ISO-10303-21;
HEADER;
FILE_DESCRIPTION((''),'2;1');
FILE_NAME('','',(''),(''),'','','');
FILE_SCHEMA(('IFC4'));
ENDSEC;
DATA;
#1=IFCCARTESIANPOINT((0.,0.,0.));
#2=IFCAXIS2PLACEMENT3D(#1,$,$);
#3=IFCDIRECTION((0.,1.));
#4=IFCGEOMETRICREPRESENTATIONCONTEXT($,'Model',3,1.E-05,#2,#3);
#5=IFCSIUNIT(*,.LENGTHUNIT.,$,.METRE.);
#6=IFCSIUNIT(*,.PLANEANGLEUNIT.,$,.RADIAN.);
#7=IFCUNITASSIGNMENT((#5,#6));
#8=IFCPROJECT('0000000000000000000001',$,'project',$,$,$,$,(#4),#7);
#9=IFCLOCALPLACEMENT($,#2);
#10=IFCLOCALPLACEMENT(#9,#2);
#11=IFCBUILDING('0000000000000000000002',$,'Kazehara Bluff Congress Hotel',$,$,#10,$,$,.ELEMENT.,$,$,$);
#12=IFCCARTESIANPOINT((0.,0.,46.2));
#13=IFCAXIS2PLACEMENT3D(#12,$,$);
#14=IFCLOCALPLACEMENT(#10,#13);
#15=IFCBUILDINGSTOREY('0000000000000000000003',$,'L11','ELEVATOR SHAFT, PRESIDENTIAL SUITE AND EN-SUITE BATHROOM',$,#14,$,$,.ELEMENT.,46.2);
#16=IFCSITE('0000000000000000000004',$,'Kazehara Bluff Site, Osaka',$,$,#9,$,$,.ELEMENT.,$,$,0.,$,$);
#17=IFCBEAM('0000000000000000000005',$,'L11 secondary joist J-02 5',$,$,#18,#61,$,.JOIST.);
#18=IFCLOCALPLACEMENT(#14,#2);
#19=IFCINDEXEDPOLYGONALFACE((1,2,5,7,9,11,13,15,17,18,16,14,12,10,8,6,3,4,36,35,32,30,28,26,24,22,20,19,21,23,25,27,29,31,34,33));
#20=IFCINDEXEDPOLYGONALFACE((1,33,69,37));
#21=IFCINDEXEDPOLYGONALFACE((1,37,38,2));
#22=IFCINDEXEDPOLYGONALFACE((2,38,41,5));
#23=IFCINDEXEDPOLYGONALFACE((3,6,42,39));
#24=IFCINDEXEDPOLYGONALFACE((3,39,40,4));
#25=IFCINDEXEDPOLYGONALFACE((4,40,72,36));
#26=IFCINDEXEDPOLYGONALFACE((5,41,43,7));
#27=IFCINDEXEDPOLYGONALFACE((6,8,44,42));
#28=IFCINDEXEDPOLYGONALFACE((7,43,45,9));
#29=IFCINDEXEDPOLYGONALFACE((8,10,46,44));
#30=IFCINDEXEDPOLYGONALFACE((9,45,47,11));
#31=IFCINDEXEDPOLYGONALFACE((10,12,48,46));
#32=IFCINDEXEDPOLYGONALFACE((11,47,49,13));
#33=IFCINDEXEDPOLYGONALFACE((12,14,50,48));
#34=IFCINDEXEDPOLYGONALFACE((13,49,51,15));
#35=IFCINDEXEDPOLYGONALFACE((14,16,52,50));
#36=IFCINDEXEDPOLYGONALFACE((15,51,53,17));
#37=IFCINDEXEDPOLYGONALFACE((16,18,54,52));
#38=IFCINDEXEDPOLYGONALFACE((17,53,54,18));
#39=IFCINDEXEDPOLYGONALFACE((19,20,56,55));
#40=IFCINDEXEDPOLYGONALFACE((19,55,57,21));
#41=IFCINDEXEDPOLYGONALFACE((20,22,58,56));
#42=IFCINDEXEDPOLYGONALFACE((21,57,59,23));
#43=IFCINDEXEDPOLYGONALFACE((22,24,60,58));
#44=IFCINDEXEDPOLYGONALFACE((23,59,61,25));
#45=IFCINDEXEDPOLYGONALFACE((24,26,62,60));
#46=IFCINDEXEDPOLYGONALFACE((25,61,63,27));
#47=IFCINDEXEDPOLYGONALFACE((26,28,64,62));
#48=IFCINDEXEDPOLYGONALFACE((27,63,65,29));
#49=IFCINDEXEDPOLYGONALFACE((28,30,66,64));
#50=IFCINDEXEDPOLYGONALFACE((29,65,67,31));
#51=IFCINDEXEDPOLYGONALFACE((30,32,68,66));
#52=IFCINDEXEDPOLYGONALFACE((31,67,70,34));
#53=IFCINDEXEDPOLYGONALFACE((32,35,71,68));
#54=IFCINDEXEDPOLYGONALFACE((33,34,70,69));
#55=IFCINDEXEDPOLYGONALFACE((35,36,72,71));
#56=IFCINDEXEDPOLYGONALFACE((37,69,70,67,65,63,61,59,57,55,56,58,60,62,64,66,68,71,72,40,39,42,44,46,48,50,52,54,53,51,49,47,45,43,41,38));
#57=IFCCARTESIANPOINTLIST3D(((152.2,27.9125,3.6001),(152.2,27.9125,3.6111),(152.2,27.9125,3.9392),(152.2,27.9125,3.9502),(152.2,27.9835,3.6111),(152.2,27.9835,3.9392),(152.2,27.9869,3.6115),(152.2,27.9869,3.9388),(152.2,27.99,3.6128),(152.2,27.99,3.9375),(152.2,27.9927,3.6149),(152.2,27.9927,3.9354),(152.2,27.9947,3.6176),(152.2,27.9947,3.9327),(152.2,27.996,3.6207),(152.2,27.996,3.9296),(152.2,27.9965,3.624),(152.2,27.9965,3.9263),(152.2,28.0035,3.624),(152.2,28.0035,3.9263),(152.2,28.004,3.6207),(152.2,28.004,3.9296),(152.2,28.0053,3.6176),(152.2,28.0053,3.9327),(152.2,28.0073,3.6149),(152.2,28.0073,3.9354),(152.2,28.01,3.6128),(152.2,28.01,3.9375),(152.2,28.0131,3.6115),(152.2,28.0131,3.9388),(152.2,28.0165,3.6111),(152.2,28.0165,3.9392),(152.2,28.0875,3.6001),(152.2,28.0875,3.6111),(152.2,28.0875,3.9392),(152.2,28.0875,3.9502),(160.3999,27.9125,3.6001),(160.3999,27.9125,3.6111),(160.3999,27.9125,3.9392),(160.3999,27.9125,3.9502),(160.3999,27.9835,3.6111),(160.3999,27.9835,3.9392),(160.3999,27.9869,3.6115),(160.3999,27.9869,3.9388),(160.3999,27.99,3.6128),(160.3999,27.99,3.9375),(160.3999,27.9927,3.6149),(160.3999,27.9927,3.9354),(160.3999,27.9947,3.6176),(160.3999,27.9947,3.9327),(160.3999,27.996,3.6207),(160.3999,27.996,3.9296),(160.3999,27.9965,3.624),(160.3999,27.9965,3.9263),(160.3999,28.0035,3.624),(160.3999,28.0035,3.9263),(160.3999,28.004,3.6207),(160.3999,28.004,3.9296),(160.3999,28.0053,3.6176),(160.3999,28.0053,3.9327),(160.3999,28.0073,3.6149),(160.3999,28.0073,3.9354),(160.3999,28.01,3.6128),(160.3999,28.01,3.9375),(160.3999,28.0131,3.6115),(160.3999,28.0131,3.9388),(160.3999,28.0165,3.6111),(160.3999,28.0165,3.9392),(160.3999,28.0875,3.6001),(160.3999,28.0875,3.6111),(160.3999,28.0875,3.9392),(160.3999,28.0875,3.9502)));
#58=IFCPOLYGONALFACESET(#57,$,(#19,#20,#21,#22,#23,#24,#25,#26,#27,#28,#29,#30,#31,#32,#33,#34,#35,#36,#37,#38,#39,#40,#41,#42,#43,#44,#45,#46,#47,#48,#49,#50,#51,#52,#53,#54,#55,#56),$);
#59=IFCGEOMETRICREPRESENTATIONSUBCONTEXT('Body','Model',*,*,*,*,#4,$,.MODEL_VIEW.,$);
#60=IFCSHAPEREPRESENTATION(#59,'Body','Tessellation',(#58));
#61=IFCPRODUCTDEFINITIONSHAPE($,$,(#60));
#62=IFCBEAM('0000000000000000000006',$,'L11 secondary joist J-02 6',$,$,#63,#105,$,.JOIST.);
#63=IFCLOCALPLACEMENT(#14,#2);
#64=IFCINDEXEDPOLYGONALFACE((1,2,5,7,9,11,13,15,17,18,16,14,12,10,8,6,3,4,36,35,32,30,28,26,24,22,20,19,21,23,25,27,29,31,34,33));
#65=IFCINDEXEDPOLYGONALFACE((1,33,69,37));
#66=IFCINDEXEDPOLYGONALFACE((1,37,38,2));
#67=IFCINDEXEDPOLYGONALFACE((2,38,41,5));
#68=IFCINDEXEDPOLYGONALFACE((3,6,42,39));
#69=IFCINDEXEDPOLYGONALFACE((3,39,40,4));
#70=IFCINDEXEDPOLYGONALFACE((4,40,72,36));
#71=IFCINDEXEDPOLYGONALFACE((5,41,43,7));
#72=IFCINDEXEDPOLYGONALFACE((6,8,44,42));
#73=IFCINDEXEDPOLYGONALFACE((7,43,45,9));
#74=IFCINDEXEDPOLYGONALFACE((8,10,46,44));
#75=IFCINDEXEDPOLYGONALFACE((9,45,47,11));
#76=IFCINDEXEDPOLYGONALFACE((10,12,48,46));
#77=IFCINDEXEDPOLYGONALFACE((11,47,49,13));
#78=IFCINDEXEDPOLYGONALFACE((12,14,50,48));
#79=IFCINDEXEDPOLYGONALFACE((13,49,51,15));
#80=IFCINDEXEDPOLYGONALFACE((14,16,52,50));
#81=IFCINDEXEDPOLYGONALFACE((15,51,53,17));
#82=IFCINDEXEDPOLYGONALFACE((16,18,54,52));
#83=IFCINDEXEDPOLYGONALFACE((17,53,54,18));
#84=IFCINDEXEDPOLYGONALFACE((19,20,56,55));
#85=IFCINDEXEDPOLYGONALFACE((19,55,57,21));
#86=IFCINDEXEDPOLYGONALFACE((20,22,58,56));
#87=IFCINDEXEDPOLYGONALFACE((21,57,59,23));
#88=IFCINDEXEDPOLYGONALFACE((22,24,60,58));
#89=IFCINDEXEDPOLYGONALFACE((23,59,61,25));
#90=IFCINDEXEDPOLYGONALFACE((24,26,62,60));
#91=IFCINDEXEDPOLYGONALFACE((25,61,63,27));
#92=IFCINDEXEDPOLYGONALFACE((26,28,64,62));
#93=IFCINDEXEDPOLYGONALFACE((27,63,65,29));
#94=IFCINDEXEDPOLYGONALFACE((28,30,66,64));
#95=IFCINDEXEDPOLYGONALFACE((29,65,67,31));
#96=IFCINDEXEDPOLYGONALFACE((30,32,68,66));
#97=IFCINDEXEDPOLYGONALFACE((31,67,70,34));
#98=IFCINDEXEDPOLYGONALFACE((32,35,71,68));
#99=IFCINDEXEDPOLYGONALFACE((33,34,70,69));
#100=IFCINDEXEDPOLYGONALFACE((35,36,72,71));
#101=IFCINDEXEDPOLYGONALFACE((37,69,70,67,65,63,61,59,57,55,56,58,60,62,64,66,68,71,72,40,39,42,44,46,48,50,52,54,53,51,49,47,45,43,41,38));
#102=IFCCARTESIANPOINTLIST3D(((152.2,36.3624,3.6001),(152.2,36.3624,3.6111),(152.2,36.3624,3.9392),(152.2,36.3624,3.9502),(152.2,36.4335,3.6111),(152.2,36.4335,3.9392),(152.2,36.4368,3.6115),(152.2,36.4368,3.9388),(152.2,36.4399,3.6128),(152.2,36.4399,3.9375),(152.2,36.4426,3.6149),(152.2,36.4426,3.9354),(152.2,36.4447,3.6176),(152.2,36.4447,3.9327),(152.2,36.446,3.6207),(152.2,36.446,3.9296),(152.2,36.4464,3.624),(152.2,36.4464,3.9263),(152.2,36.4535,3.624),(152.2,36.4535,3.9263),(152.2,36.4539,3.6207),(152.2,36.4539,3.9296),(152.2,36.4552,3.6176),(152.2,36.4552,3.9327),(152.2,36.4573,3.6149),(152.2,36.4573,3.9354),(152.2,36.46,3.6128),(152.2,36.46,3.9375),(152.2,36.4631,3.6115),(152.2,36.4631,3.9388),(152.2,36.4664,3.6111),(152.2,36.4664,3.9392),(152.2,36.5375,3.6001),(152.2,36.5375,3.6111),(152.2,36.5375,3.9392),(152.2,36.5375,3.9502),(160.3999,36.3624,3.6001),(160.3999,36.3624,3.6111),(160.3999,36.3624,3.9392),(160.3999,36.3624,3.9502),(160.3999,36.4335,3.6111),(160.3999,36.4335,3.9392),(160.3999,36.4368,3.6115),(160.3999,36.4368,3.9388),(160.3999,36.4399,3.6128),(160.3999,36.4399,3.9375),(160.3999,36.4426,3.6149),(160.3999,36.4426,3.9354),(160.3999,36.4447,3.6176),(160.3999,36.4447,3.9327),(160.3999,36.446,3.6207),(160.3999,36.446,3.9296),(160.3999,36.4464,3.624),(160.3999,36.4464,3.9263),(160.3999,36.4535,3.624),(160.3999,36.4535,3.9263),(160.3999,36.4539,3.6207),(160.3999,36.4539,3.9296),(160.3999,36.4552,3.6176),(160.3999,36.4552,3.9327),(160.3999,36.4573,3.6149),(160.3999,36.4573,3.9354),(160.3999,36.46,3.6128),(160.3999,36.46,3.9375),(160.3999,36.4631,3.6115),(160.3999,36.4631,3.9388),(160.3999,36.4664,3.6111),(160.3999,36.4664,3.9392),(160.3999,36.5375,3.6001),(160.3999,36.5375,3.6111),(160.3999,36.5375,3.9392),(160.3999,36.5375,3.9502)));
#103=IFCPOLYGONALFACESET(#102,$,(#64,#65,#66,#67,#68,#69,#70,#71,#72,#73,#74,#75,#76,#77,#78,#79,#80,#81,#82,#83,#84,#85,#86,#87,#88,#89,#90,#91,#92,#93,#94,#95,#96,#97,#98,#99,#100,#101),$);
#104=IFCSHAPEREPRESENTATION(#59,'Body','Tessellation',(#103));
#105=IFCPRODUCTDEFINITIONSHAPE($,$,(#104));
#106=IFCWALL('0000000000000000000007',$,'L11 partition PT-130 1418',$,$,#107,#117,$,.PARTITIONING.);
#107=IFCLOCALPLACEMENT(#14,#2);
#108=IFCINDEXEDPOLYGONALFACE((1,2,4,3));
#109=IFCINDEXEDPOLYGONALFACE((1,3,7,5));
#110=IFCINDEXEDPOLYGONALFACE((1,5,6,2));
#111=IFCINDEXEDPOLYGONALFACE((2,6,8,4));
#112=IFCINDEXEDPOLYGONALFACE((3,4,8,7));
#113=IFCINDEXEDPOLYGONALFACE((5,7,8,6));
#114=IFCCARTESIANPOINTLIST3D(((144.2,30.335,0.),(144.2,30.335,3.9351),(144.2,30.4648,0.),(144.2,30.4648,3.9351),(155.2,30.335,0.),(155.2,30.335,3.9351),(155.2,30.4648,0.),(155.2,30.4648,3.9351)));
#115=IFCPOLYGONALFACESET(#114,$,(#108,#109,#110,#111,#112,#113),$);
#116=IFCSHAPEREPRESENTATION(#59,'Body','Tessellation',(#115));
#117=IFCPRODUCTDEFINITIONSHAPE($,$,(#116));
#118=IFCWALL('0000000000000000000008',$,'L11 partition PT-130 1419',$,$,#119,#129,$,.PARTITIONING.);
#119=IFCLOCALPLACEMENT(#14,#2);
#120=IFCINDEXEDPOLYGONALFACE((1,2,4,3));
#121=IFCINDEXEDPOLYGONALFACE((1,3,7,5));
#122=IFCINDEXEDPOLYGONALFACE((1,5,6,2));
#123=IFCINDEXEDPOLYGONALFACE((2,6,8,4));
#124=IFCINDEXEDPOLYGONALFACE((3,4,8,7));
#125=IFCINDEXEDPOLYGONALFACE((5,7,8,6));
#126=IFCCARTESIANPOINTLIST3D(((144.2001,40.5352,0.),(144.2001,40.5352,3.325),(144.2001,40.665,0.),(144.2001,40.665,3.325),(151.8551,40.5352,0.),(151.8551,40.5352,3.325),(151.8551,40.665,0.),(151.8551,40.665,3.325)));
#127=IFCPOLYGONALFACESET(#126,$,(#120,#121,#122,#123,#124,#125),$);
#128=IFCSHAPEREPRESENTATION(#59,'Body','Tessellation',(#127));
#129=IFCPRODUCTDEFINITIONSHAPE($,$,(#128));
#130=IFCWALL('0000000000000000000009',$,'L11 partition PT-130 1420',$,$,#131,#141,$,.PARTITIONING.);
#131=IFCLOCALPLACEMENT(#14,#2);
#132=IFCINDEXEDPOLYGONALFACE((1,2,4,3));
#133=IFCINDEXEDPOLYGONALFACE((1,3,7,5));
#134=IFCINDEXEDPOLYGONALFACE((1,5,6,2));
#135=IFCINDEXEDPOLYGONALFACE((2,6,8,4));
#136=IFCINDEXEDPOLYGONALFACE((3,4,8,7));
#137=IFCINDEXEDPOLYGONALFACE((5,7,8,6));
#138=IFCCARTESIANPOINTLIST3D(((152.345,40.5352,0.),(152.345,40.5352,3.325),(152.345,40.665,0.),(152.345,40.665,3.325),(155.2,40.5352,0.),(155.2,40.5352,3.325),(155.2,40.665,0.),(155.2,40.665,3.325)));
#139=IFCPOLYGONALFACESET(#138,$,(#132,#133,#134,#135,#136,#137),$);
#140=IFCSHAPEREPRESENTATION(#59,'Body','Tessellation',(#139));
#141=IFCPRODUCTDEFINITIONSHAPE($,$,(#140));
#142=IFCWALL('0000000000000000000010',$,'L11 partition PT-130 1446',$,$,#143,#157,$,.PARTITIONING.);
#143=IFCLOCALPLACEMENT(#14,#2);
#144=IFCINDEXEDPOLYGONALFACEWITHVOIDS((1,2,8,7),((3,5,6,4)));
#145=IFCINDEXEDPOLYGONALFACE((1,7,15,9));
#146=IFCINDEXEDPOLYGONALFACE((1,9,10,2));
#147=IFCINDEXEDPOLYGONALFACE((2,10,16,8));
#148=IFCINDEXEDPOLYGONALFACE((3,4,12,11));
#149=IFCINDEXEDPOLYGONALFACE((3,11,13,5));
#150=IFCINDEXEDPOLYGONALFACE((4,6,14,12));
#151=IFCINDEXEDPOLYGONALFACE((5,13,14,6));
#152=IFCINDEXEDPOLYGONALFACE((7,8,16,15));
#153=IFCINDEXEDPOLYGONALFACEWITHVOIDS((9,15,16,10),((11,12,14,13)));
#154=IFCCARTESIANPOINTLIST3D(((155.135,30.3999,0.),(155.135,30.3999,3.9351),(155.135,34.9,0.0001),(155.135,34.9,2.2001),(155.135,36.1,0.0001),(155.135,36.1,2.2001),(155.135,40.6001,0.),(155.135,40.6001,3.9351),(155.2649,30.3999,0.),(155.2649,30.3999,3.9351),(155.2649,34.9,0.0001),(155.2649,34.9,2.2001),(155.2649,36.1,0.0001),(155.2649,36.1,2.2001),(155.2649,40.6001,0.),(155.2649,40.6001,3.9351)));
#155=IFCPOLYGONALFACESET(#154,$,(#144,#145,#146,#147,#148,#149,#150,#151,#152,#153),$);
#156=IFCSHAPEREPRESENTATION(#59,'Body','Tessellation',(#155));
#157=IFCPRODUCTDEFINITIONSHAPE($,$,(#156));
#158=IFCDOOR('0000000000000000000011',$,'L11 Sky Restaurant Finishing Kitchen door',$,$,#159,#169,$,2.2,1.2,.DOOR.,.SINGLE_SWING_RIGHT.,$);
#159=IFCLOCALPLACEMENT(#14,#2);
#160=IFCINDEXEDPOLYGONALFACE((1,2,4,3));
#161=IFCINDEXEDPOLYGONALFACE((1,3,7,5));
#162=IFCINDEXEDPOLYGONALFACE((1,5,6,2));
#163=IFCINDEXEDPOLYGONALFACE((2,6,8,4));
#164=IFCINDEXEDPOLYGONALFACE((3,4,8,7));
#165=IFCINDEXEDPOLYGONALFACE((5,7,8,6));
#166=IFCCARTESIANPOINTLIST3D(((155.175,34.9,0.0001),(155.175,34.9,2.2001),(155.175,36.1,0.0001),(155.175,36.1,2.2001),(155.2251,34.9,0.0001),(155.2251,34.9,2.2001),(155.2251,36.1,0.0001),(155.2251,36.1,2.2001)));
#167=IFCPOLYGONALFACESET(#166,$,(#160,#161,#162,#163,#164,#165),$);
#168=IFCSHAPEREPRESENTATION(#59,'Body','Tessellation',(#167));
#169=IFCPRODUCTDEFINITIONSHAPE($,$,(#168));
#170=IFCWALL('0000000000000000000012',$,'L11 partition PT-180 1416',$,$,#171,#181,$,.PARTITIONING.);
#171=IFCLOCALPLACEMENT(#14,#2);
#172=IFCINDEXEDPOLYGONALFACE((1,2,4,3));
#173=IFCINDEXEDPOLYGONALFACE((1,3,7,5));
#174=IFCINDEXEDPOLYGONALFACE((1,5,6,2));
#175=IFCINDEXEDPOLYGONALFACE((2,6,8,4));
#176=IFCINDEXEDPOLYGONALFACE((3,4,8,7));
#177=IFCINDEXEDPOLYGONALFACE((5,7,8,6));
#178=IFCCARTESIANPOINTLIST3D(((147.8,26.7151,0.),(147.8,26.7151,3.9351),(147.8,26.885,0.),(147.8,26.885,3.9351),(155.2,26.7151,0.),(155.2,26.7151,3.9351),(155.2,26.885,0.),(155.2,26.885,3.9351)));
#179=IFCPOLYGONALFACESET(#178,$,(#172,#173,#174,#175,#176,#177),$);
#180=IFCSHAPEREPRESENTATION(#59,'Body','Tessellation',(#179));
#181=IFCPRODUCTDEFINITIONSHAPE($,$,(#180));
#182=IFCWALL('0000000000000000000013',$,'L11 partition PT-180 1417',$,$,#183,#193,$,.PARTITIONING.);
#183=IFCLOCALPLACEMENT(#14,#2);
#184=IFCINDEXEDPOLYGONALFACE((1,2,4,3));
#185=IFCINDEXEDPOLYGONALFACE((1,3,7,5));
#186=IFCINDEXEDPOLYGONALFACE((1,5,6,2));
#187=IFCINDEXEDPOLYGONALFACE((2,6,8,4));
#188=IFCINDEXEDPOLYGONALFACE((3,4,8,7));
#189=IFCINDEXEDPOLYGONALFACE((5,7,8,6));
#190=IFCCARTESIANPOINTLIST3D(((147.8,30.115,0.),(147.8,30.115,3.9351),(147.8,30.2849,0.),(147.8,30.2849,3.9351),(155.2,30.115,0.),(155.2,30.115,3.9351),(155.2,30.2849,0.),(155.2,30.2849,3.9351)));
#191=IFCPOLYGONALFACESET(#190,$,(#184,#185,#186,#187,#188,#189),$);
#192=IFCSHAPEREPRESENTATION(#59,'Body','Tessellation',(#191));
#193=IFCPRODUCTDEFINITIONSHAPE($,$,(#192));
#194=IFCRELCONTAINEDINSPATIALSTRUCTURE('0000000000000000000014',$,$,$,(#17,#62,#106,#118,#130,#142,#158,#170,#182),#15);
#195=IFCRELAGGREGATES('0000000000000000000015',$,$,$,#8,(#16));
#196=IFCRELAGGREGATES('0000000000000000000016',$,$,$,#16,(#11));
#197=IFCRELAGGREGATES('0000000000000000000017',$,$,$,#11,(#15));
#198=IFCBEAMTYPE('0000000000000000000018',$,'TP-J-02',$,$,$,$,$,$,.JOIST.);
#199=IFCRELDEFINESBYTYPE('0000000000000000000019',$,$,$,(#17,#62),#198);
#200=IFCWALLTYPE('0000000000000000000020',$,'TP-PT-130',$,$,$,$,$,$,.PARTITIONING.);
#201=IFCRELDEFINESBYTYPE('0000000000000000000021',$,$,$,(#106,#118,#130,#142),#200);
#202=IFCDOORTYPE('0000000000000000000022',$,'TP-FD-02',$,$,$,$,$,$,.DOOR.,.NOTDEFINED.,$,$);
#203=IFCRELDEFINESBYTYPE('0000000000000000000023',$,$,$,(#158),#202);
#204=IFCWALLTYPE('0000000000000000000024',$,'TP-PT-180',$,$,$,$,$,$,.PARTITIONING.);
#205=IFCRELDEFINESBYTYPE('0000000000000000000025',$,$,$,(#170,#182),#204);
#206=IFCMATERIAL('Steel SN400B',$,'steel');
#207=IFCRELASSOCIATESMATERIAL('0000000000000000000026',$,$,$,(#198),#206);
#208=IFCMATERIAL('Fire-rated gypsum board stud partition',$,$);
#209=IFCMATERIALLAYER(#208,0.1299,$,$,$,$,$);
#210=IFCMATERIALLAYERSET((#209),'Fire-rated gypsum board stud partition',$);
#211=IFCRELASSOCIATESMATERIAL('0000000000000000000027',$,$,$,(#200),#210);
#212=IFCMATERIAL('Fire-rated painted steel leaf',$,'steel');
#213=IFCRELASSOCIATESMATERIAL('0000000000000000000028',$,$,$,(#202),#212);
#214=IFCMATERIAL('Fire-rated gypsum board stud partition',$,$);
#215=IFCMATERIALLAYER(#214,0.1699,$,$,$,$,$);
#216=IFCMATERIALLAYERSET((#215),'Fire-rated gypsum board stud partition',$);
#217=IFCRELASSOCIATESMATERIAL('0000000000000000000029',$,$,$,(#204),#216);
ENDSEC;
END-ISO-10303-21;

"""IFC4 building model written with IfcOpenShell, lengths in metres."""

from ifc_helpers import new_model, si_unit, direction, frame, frame_2d, origin, origin_2d, place, context, subcontext, project, spatial, rectangle, i_section, extrude, material, layer, layer_set, material_profile, profile_set, type_object, element, fill, save


model = new_model("IFC4")

# Units and contexts
model_context = context("Model", 3, precision=1e-05, world=origin(), true_north=direction((0.0, 1.0)))
body_context = subcontext(model_context, "Body", "Model", "MODEL_VIEW")
ifc_project = project(units=[si_unit("LENGTHUNIT", "METRE"), si_unit("PLANEANGLEUNIT", "RADIAN")], contexts=[model_context])

# Site, building, storey
site_placement = place(None, origin())
site = spatial("IfcSite", under=ifc_project, at=site_placement, Name="Kazehara Bluff Site, Osaka", CompositionType="ELEMENT", RefElevation=0.0)
building_placement = place(site_placement, origin())
building = spatial("IfcBuilding", under=site, at=building_placement, Name="Kazehara Bluff Congress Hotel", CompositionType="ELEMENT")
storey_placement = place(building_placement, frame((0.0, 0.0, 46.2)))
storey = spatial("IfcBuildingStorey", under=building, at=storey_placement, Name="L11", Description="ELEVATOR SHAFT, PRESIDENTIAL SUITE AND EN-SUITE BATHROOM", CompositionType="ELEMENT", Elevation=46.2)

# Beams
ifc_material_1 = material(Name="Steel SN400B", Category="steel")
ifc_material_profile_1 = material_profile(ifc_material_1, i_section(OverallWidth=0.175, OverallDepth=0.3501, WebThickness=0.0071, FlangeThickness=0.011, FilletRadius=0.0129, at=origin_2d()))
ifc_profile_set_1 = profile_set([ifc_material_profile_1], Name="Steel SN400B")
beam_type_1 = type_object("IfcBeamType", Name="TP-J-02", PredefinedType="JOIST", material=ifc_profile_set_1)
for number, where, z_axis, x_axis, name in (
    (1, (152.2, 28.0, 3.7751), (1.0, 0.0, 0.0), (0.0, 1.0, 0.0), "L11 secondary joist J-02 5"),
    (2, (152.2, 36.45, 3.7751), (1.0, 0.0, 0.0), (0.0, 1.0, 0.0), "L11 secondary joist J-02 6"),
):
    element("IfcBeam", number, at=place(storey_placement, frame(where, z_axis=z_axis, x_axis=x_axis)), inside=storey, type_object=beam_type_1, Name=name, PredefinedType="JOIST", context=body_context, shape_type="SweptSolid", body=[
        extrude(i_section(OverallWidth=0.175, OverallDepth=0.3501, WebThickness=0.0071, FlangeThickness=0.011, FilletRadius=0.0129, at=origin_2d()), origin(), (0.0, 0.0, 1.0), 8.2),
    ])

# Walls
ifc_material_2 = material(Name="Fire-rated gypsum board stud partition")
ifc_layer_1 = layer(ifc_material_2, 0.1299)
ifc_layer_set_1 = layer_set([ifc_layer_1], Name="Fire-rated gypsum board stud partition")
wall_type_1 = type_object("IfcWallType", Name="TP-PT-130", PredefinedType="PARTITIONING", material=ifc_layer_set_1)
wall_1_placement = place(storey_placement, frame((144.2, 30.3999, 0.0), z_axis=(0.0, 0.0, 1.0), x_axis=(1.0, 0.0, 0.0)))
element("IfcWall", 3, at=wall_1_placement, inside=storey, type_object=wall_type_1, Name="L11 partition PT-130 1418", PredefinedType="PARTITIONING", context=body_context, shape_type="SweptSolid", body=[
    extrude(rectangle(XDim=11.0, YDim=0.1299, at=frame_2d((5.5, 0.0))), origin(), (0.0, 0.0, 1.0), 3.9351),
])
wall_2_placement = place(storey_placement, frame((144.2, 40.6001, 0.0), z_axis=(0.0, 0.0, 1.0), x_axis=(1.0, 0.0, 0.0)))
element("IfcWall", 4, at=wall_2_placement, inside=storey, type_object=wall_type_1, Name="L11 partition PT-130 1419", PredefinedType="PARTITIONING", context=body_context, shape_type="SweptSolid", body=[
    extrude(rectangle(XDim=7.655, YDim=0.1299, at=frame_2d((3.8276, 0.0))), origin(), (0.0, 0.0, 1.0), 3.325),
])
wall_3_placement = place(storey_placement, frame((152.345, 40.6001, 0.0), z_axis=(0.0, 0.0, 1.0), x_axis=(1.0, 0.0, 0.0)))
element("IfcWall", 5, at=wall_3_placement, inside=storey, type_object=wall_type_1, Name="L11 partition PT-130 1420", PredefinedType="PARTITIONING", context=body_context, shape_type="SweptSolid", body=[
    extrude(rectangle(XDim=2.855, YDim=0.1299, at=frame_2d((1.4275, 0.0))), origin(), (0.0, 0.0, 1.0), 3.325),
])

# Wall, opening, door
wall_4_placement = place(storey_placement, frame((155.2, 30.3999, 0.0), z_axis=(0.0, 0.0, 1.0), x_axis=(0.0, 1.0, 0.0)))
wall_4 = element("IfcWall", 6, at=wall_4_placement, inside=storey, type_object=wall_type_1, Name="L11 partition PT-130 1446", PredefinedType="PARTITIONING", context=body_context, shape_type="SweptSolid", body=[
    extrude(rectangle(XDim=10.2002, YDim=0.1299, at=frame_2d((5.1001, 0.0))), origin(), (0.0, 0.0, 1.0), 3.9351),
])
opening_1_placement = place(wall_4_placement, frame((4.5, 0.0, 0.0)))
opening_1 = element("IfcOpeningElement", 7, at=opening_1_placement, cuts=wall_4, PredefinedType="OPENING", context=body_context, shape_type="SweptSolid", body=[
    extrude(rectangle(XDim=1.2, YDim=2.2, at=frame_2d((0.6001, 1.1001))), frame((0.0, 0.075, 0.0), z_axis=(0.0, -1.0, 0.0), x_axis=(1.0, 0.0, 0.0)), (0.0, 0.0, 1.0), 0.1499),
])
ifc_material_3 = material(Name="Fire-rated painted steel leaf", Category="steel")
door_type_1 = type_object("IfcDoorType", Name="TP-FD-02", OperationType="NOTDEFINED", PredefinedType="DOOR", material=ifc_material_3)
door_1_placement = place(opening_1_placement, origin())
door_1 = element("IfcDoor", 8, at=door_1_placement, inside=storey, type_object=door_type_1, Name="L11 Sky Restaurant Finishing Kitchen door", OperationType="SINGLE_SWING_RIGHT", OverallHeight=2.2, OverallWidth=1.2, PredefinedType="DOOR", context=body_context, shape_type="SweptSolid", body=[
    extrude(rectangle(XDim=1.2, YDim=2.2, at=frame_2d((0.6001, 1.1001))), frame((0.0, 0.0249, 0.0), z_axis=(0.0, -1.0, 0.0), x_axis=(1.0, 0.0, 0.0)), (0.0, 0.0, 1.0), 0.05),
])
fill(opening_1, door_1)

# Walls
ifc_material_4 = material(Name="Fire-rated gypsum board stud partition")
ifc_layer_2 = layer(ifc_material_4, 0.1699)
ifc_layer_set_2 = layer_set([ifc_layer_2], Name="Fire-rated gypsum board stud partition")
wall_type_2 = type_object("IfcWallType", Name="TP-PT-180", PredefinedType="PARTITIONING", material=ifc_layer_set_2)
for number, where, z_axis, x_axis, name in (
    (9, (147.8, 26.8, 0.0), (0.0, 0.0, 1.0), (1.0, 0.0, 0.0), "L11 partition PT-180 1416"),
    (10, (147.8, 30.2, 0.0), (0.0, 0.0, 1.0), (1.0, 0.0, 0.0), "L11 partition PT-180 1417"),
):
    element("IfcWall", number, at=place(storey_placement, frame(where, z_axis=z_axis, x_axis=x_axis)), inside=storey, type_object=wall_type_2, Name=name, PredefinedType="PARTITIONING", context=body_context, shape_type="SweptSolid", body=[
        extrude(rectangle(XDim=7.3999, YDim=0.1699, at=frame_2d((3.7, 0.0))), origin(), (0.0, 0.0, 1.0), 3.9351),
    ])

save(model, "model.ifc")
